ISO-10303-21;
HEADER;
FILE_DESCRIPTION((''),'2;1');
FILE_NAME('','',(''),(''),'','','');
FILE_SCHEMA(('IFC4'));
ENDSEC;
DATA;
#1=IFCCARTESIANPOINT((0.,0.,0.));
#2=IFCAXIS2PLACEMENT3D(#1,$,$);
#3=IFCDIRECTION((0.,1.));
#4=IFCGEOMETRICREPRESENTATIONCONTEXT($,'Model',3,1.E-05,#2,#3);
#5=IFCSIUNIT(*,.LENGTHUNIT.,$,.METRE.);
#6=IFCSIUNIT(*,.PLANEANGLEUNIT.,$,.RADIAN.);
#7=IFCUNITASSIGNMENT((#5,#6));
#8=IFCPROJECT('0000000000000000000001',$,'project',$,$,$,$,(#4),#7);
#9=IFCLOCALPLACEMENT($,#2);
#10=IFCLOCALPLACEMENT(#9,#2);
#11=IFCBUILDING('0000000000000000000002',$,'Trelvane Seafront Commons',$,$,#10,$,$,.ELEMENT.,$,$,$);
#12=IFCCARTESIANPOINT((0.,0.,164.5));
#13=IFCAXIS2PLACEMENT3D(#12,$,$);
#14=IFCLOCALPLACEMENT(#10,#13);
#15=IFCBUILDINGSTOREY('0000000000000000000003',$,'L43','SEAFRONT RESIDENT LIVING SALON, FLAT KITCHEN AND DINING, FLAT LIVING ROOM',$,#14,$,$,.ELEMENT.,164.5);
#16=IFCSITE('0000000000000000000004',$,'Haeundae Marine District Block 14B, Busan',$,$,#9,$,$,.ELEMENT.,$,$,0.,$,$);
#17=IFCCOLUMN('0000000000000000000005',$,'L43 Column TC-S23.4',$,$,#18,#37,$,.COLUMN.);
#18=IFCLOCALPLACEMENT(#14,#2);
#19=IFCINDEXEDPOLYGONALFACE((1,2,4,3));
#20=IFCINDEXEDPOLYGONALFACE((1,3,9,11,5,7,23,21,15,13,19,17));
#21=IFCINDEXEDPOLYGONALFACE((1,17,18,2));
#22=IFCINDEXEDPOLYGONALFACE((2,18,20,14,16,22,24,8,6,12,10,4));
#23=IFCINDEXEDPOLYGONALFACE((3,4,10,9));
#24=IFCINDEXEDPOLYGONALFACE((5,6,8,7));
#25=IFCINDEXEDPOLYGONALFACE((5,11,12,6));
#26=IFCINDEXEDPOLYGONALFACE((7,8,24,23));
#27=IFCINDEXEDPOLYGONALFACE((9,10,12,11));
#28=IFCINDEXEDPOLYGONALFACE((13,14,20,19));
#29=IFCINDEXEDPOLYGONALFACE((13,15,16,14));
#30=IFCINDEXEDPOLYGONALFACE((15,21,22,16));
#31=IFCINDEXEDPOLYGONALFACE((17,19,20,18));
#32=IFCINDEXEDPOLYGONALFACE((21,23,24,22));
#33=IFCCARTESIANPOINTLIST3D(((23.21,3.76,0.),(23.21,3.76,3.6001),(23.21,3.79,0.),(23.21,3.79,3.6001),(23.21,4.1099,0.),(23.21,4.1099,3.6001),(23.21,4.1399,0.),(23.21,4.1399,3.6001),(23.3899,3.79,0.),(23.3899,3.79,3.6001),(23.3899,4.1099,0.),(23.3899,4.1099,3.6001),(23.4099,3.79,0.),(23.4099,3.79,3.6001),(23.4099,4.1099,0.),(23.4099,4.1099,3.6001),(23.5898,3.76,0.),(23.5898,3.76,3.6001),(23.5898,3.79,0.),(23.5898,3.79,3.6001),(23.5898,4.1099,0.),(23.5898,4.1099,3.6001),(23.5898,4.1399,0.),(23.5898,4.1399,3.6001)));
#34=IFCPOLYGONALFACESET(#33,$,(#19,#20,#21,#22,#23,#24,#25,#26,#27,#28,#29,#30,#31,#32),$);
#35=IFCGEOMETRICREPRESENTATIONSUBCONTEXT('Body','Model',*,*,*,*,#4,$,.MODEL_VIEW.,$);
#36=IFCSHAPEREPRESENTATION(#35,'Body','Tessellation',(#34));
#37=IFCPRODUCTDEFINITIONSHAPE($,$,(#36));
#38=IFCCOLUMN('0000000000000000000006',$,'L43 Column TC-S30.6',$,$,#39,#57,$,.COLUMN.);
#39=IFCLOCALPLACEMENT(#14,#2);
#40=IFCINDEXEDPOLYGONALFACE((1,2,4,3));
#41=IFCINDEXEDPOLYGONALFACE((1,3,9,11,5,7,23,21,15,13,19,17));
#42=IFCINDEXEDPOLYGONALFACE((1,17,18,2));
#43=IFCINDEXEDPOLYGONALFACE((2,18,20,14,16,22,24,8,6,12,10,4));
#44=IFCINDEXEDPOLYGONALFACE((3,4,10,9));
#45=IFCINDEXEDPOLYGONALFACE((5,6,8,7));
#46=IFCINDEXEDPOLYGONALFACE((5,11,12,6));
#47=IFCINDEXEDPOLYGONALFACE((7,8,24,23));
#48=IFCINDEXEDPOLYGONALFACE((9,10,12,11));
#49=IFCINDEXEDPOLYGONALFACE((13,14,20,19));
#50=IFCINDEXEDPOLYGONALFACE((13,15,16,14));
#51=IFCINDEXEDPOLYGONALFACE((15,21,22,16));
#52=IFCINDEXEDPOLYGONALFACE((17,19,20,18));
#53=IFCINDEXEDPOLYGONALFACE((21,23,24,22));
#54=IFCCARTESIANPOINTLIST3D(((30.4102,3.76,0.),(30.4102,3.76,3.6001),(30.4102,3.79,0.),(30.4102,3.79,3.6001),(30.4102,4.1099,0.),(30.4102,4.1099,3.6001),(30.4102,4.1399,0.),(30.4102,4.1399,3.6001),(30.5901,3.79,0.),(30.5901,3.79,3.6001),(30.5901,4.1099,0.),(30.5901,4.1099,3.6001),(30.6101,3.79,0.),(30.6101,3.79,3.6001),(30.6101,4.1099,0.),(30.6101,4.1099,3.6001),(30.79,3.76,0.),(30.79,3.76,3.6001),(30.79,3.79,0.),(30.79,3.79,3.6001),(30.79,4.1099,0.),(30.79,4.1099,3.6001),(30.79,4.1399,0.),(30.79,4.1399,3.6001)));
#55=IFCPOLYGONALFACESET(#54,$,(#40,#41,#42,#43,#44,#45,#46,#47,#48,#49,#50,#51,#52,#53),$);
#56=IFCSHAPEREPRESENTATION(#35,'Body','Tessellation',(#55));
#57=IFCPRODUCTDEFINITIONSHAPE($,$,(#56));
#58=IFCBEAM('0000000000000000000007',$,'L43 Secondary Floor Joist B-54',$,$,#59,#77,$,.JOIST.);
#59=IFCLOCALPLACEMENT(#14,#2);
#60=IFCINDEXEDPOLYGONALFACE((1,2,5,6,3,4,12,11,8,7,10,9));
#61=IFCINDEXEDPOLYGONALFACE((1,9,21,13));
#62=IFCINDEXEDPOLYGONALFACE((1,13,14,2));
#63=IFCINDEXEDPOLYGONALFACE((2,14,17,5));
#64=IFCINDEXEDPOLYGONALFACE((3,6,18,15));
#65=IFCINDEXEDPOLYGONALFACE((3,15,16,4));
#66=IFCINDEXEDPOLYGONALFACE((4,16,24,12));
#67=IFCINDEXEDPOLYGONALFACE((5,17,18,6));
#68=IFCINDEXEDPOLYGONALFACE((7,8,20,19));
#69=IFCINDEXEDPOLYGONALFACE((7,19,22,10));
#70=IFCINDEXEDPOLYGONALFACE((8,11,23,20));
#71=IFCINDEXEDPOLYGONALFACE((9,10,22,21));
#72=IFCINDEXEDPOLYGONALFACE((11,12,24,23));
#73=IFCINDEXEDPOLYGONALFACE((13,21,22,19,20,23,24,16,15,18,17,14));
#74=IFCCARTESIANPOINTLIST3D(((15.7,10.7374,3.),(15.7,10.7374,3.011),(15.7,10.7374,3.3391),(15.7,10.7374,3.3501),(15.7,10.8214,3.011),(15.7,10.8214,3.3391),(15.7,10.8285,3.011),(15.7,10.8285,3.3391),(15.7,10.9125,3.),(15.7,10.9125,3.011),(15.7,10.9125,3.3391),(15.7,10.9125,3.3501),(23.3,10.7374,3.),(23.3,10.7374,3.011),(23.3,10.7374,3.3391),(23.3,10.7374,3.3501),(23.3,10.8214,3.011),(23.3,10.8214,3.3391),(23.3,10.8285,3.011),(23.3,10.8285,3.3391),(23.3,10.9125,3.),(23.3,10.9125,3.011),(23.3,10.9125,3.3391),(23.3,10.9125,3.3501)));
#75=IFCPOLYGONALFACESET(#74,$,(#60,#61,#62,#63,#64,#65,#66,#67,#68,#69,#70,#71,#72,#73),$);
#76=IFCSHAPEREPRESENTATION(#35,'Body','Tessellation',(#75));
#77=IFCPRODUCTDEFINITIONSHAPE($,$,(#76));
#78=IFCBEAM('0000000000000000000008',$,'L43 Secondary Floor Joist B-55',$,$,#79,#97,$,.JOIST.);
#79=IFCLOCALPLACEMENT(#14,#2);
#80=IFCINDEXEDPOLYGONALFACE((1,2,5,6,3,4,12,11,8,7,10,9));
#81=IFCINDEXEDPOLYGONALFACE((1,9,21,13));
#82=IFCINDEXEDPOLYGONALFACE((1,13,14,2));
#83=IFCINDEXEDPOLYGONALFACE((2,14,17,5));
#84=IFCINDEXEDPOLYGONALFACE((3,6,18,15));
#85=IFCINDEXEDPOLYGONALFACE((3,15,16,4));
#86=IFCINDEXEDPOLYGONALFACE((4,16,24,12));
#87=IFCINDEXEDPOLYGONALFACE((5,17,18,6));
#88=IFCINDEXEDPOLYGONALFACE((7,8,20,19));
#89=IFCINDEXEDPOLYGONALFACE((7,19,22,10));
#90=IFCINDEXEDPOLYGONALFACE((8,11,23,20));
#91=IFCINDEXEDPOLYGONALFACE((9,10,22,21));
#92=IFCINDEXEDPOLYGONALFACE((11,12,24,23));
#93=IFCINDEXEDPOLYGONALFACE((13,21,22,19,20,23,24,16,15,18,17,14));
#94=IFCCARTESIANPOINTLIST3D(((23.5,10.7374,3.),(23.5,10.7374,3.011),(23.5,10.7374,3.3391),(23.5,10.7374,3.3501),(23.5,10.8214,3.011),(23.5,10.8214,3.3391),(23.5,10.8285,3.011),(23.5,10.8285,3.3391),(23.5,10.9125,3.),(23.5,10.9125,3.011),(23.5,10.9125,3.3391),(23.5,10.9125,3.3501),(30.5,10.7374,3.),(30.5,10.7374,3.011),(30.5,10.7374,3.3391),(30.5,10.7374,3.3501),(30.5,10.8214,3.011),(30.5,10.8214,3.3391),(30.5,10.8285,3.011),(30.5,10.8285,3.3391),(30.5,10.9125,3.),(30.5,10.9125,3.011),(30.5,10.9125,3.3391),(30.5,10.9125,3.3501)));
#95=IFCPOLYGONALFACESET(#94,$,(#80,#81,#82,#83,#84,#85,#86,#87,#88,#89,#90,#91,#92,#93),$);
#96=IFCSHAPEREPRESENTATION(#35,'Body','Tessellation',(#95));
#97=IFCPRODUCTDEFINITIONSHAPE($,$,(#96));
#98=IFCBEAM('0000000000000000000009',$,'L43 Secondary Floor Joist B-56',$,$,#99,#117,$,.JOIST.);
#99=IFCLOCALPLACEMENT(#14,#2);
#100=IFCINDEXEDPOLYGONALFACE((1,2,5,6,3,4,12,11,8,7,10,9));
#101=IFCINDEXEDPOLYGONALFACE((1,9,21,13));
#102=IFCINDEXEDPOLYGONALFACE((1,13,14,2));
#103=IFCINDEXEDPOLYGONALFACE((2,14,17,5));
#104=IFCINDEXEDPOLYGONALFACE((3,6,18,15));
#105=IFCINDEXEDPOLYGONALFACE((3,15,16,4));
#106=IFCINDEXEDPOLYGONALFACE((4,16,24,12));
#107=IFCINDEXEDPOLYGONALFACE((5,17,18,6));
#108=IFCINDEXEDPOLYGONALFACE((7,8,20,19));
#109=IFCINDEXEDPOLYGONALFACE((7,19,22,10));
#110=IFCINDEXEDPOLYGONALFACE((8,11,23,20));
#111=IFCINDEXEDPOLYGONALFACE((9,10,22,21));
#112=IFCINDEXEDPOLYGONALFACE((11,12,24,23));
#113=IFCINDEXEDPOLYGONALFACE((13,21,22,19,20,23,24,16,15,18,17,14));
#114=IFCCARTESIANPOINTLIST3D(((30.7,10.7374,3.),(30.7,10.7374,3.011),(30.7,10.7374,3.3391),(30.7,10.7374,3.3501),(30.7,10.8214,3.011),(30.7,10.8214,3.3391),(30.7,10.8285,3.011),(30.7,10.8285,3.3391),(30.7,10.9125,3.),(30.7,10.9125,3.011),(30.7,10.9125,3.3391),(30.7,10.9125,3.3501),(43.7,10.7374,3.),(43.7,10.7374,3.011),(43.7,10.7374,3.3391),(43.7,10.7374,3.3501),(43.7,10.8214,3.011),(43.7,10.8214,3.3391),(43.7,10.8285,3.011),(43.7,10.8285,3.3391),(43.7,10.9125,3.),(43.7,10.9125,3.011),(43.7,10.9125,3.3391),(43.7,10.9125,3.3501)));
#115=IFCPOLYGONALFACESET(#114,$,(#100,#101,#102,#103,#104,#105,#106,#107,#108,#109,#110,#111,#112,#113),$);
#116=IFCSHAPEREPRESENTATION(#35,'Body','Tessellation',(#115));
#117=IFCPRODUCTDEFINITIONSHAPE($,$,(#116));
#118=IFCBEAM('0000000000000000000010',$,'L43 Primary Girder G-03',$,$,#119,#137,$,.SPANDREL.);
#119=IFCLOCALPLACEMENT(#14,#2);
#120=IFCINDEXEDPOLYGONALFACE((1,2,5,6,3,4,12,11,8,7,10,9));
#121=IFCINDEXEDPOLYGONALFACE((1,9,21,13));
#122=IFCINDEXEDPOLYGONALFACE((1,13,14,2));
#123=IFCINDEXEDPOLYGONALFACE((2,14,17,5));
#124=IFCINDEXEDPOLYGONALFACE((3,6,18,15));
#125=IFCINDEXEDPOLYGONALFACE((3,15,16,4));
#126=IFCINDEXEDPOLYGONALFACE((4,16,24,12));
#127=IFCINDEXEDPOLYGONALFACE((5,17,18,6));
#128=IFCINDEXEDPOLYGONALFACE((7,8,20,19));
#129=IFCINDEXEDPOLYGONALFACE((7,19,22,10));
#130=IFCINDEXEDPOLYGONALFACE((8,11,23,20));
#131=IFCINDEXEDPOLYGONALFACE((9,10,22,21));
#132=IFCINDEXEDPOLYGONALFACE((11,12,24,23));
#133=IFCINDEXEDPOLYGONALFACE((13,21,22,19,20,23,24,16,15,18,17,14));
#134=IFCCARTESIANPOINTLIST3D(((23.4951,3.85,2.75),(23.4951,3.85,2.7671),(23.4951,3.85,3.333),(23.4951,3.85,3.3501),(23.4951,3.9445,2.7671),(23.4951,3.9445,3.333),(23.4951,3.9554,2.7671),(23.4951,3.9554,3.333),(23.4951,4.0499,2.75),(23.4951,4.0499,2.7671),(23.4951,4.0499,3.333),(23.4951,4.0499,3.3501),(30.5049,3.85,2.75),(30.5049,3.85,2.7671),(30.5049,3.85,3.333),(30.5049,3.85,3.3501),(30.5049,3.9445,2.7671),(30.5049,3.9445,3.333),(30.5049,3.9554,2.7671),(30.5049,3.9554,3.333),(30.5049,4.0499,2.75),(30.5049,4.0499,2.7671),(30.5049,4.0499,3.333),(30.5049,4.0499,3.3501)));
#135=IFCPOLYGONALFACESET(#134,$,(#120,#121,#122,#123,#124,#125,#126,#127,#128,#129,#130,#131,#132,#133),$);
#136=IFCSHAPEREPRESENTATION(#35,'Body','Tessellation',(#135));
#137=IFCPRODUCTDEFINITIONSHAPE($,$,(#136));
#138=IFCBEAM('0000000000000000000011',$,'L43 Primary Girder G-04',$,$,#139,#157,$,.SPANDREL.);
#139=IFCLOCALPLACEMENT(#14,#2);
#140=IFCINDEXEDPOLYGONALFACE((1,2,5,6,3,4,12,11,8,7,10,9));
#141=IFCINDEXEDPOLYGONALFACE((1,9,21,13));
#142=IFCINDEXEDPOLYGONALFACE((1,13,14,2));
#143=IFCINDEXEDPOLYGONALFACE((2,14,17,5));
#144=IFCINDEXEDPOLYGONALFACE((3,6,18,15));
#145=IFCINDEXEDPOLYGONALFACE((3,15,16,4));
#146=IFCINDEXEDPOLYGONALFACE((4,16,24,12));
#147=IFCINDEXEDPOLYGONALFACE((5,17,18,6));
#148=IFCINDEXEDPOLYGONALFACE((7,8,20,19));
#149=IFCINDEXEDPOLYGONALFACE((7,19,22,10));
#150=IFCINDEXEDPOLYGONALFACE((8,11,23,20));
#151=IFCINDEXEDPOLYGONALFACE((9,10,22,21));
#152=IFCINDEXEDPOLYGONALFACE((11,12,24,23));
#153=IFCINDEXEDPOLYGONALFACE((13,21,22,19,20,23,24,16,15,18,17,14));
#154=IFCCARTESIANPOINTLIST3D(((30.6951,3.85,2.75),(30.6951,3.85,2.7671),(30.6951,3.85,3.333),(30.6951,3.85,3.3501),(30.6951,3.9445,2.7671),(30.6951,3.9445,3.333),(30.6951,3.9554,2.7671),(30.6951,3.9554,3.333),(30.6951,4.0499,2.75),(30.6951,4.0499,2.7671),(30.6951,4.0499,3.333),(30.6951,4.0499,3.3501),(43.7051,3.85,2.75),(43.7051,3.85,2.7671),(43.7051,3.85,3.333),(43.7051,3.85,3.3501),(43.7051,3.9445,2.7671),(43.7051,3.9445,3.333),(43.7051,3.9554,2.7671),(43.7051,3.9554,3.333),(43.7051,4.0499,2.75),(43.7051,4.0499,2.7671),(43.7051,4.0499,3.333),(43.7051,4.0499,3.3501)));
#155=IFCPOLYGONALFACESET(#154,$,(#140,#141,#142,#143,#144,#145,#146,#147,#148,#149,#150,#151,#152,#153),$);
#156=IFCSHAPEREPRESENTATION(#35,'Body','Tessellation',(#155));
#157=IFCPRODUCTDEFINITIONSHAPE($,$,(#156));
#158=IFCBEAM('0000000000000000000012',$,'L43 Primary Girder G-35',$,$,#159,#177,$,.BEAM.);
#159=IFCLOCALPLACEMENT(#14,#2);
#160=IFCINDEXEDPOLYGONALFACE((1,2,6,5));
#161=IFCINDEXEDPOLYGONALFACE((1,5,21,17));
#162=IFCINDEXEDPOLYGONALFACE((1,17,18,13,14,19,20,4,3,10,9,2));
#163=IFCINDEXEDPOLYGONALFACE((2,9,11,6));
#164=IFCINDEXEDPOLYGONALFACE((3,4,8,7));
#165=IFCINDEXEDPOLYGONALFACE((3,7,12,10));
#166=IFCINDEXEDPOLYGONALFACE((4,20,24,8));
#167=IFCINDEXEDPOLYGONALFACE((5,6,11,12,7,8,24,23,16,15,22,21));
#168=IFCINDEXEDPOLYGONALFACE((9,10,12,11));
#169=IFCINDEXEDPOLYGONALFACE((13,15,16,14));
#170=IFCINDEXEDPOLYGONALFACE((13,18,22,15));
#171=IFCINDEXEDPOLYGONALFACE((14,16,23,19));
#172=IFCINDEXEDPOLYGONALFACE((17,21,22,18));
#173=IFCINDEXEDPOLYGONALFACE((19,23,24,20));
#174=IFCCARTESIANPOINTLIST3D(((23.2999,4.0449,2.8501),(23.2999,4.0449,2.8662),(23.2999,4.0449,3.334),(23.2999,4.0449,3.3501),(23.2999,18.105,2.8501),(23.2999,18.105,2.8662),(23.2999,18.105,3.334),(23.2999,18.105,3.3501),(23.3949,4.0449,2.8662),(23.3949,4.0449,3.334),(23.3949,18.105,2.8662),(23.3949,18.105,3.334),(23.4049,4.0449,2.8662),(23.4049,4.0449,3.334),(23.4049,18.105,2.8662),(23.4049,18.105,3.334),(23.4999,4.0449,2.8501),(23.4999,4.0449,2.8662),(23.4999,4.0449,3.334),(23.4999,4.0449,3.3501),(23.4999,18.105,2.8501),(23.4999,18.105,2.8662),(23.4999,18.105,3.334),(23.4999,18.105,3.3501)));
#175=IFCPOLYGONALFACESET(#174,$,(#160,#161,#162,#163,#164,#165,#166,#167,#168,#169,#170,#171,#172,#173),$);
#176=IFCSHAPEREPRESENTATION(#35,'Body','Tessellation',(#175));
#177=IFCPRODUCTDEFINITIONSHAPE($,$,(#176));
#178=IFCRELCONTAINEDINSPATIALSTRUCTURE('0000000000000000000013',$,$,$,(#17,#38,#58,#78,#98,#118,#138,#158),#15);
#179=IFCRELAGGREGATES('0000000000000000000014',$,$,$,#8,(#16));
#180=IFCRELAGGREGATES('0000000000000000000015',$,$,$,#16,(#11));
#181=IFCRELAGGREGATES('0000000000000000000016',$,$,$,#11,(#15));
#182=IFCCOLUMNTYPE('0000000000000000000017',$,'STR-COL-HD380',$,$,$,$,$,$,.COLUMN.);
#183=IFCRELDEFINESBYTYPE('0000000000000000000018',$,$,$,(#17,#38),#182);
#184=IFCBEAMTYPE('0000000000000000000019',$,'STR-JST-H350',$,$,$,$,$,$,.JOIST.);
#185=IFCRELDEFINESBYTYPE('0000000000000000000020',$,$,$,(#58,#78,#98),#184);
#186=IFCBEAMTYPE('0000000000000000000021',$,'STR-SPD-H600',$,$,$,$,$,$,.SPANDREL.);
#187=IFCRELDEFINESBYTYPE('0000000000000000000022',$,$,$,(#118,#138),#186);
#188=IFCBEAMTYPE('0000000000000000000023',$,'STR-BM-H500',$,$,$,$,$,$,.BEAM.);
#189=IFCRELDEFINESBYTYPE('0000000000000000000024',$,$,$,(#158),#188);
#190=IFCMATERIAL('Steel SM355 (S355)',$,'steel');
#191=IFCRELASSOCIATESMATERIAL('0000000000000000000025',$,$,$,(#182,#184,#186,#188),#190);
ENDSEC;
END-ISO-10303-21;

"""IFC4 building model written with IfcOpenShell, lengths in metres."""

from ifc_helpers import new_model, si_unit, direction, frame, origin, origin_2d, place, context, subcontext, project, spatial, i_section, extrude, source, transform, mapped, material, material_profile, profile_set, type_object, element, save


model = new_model("IFC4")

# Units and contexts
model_context = context("Model", 3, precision=1e-05, world=origin(), true_north=direction((0.0, 1.0)))
body_context = subcontext(model_context, "Body", "Model", "MODEL_VIEW")
ifc_project = project(units=[si_unit("LENGTHUNIT", "METRE"), si_unit("PLANEANGLEUNIT", "RADIAN")], contexts=[model_context])

# Site, building, storey
site_placement = place(None, origin())
site = spatial("IfcSite", under=ifc_project, at=site_placement, Name="Haeundae Marine District Block 14B, Busan", CompositionType="ELEMENT", RefElevation=0.0)
building_placement = place(site_placement, origin())
building = spatial("IfcBuilding", under=site, at=building_placement, Name="Trelvane Seafront Commons", CompositionType="ELEMENT")
storey_placement = place(building_placement, frame((0.0, 0.0, 164.5)))
storey = spatial("IfcBuildingStorey", under=building, at=storey_placement, Name="L43", Description="SEAFRONT RESIDENT LIVING SALON, FLAT KITCHEN AND DINING, FLAT LIVING ROOM", CompositionType="ELEMENT", Elevation=164.5)

# Columns
ifc_material_1 = material(Name="Steel SM355 (S355)", Category="steel")
ifc_material_profile_1 = material_profile(ifc_material_1, i_section(OverallWidth=0.3799, OverallDepth=0.3799, WebThickness=0.02, FlangeThickness=0.03, at=origin_2d()), Name="HD-380x380x20x30")
ifc_profile_set_1 = profile_set([ifc_material_profile_1], Name="Steel SM355 (S355)")
column_type = type_object("IfcColumnType", Name="STR-COL-HD380", PredefinedType="COLUMN", material=ifc_profile_set_1)
shared_shape_1 = source(origin(), body_context, "Body", "SweptSolid", [
    extrude(i_section(OverallWidth=0.3799, OverallDepth=0.3799, WebThickness=0.02, FlangeThickness=0.03, at=origin_2d()), origin(), (0.0, 0.0, 1.0), 3.6001),
])
for number, where, z_axis, x_axis, name in (
    (1, (23.3999, 3.95, 0.0), (0.0, 0.0, 1.0), (1.0, 0.0, 0.0), "L43 Column TC-S23.4"),
    (2, (30.6001, 3.95, 0.0), (0.0, 0.0, 1.0), (1.0, 0.0, 0.0), "L43 Column TC-S30.6"),
):
    element("IfcColumn", number, at=place(storey_placement, frame(where, z_axis=z_axis, x_axis=x_axis)), inside=storey, type_object=column_type, Name=name, PredefinedType="COLUMN", context=body_context, shape_type="MappedRepresentation", body=[
        mapped(shared_shape_1, transform((0.0, 0.0, 0.0), x_axis=(1.0, 0.0, 0.0), y_axis=(0.0, 1.0, 0.0), z_axis=(0.0, 0.0, 1.0), scale=1.0)),
    ])

# Beams
ifc_material_profile_2 = material_profile(ifc_material_1, i_section(OverallWidth=0.175, OverallDepth=0.3501, WebThickness=0.0071, FlangeThickness=0.011, at=origin_2d()), Name="H-350x175x7x11")
ifc_profile_set_2 = profile_set([ifc_material_profile_2], Name="Steel SM355 (S355)")
beam_type_1 = type_object("IfcBeamType", Name="STR-JST-H350", PredefinedType="JOIST", material=ifc_profile_set_2)
shared_shape_2 = source(origin(), body_context, "Body", "SweptSolid", [
    extrude(i_section(OverallWidth=0.175, OverallDepth=0.3501, WebThickness=0.0071, FlangeThickness=0.011, at=origin_2d()), origin(), (0.0, 0.0, 1.0), 7.6001),
])
beam_1_placement = place(storey_placement, frame((15.7, 10.825, 3.175), z_axis=(1.0, 0.0, 0.0), x_axis=(0.0, 1.0, 0.0)))
element("IfcBeam", 3, at=beam_1_placement, inside=storey, type_object=beam_type_1, Name="L43 Secondary Floor Joist B-54", PredefinedType="JOIST", context=body_context, shape_type="MappedRepresentation", body=[
    mapped(shared_shape_2, transform((0.0, 0.0, 0.0), x_axis=(1.0, 0.0, 0.0), y_axis=(0.0, 1.0, 0.0), z_axis=(0.0, 0.0, 1.0), scale=1.0)),
])
shared_shape_3 = source(origin(), body_context, "Body", "SweptSolid", [
    extrude(i_section(OverallWidth=0.175, OverallDepth=0.3501, WebThickness=0.0071, FlangeThickness=0.011, at=origin_2d()), origin(), (0.0, 0.0, 1.0), 7.0),
])
beam_2_placement = place(storey_placement, frame((23.5, 10.825, 3.175), z_axis=(1.0, 0.0, 0.0), x_axis=(0.0, 1.0, 0.0)))
element("IfcBeam", 4, at=beam_2_placement, inside=storey, type_object=beam_type_1, Name="L43 Secondary Floor Joist B-55", PredefinedType="JOIST", context=body_context, shape_type="MappedRepresentation", body=[
    mapped(shared_shape_3, transform((0.0, 0.0, 0.0), x_axis=(1.0, 0.0, 0.0), y_axis=(0.0, 1.0, 0.0), z_axis=(0.0, 0.0, 1.0), scale=1.0)),
])
shared_shape_4 = source(origin(), body_context, "Body", "SweptSolid", [
    extrude(i_section(OverallWidth=0.175, OverallDepth=0.3501, WebThickness=0.0071, FlangeThickness=0.011, at=origin_2d()), origin(), (0.0, 0.0, 1.0), 13.0),
])
beam_3_placement = place(storey_placement, frame((30.7, 10.825, 3.175), z_axis=(1.0, 0.0, 0.0), x_axis=(0.0, 1.0, 0.0)))
element("IfcBeam", 5, at=beam_3_placement, inside=storey, type_object=beam_type_1, Name="L43 Secondary Floor Joist B-56", PredefinedType="JOIST", context=body_context, shape_type="MappedRepresentation", body=[
    mapped(shared_shape_4, transform((0.0, 0.0, 0.0), x_axis=(1.0, 0.0, 0.0), y_axis=(0.0, 1.0, 0.0), z_axis=(0.0, 0.0, 1.0), scale=1.0)),
])
ifc_material_profile_3 = material_profile(ifc_material_1, i_section(OverallWidth=0.2, OverallDepth=0.6001, WebThickness=0.011, FlangeThickness=0.0171, at=origin_2d()), Name="H-600x200x11x17")
ifc_profile_set_3 = profile_set([ifc_material_profile_3], Name="Steel SM355 (S355)")
beam_type_2 = type_object("IfcBeamType", Name="STR-SPD-H600", PredefinedType="SPANDREL", material=ifc_profile_set_3)
shared_shape_5 = source(origin(), body_context, "Body", "SweptSolid", [
    extrude(i_section(OverallWidth=0.2, OverallDepth=0.6001, WebThickness=0.011, FlangeThickness=0.0171, at=origin_2d()), origin(), (0.0, 0.0, 1.0), 7.0098),
])
beam_4_placement = place(storey_placement, frame((23.4951, 3.95, 3.05), z_axis=(1.0, 0.0, 0.0), x_axis=(0.0, 1.0, 0.0)))
element("IfcBeam", 6, at=beam_4_placement, inside=storey, type_object=beam_type_2, Name="L43 Primary Girder G-03", PredefinedType="SPANDREL", context=body_context, shape_type="MappedRepresentation", body=[
    mapped(shared_shape_5, transform((0.0, 0.0, 0.0), x_axis=(1.0, 0.0, 0.0), y_axis=(0.0, 1.0, 0.0), z_axis=(0.0, 0.0, 1.0), scale=1.0)),
])
shared_shape_6 = source(origin(), body_context, "Body", "SweptSolid", [
    extrude(i_section(OverallWidth=0.2, OverallDepth=0.6001, WebThickness=0.011, FlangeThickness=0.0171, at=origin_2d()), origin(), (0.0, 0.0, 1.0), 13.01),
])
beam_5_placement = place(storey_placement, frame((30.6951, 3.95, 3.05), z_axis=(1.0, 0.0, 0.0), x_axis=(0.0, 1.0, 0.0)))
element("IfcBeam", 7, at=beam_5_placement, inside=storey, type_object=beam_type_2, Name="L43 Primary Girder G-04", PredefinedType="SPANDREL", context=body_context, shape_type="MappedRepresentation", body=[
    mapped(shared_shape_6, transform((0.0, 0.0, 0.0), x_axis=(1.0, 0.0, 0.0), y_axis=(0.0, 1.0, 0.0), z_axis=(0.0, 0.0, 1.0), scale=1.0)),
])
ifc_material_profile_4 = material_profile(ifc_material_1, i_section(OverallWidth=0.2, OverallDepth=0.5, WebThickness=0.01, FlangeThickness=0.0161, at=origin_2d()), Name="H-500x200x10x16")
ifc_profile_set_4 = profile_set([ifc_material_profile_4], Name="Steel SM355 (S355)")
beam_type_3 = type_object("IfcBeamType", Name="STR-BM-H500", PredefinedType="BEAM", material=ifc_profile_set_4)
shared_shape_7 = source(origin(), body_context, "Body", "SweptSolid", [
    extrude(i_section(OverallWidth=0.2, OverallDepth=0.5, WebThickness=0.01, FlangeThickness=0.0161, at=origin_2d()), origin(), (0.0, 0.0, 1.0), 14.0601),
])
beam_6_placement = place(storey_placement, frame((23.3999, 4.0449, 3.1001), z_axis=(0.0, 1.0, 0.0), x_axis=(-1.0, 0.0, 0.0)))
element("IfcBeam", 8, at=beam_6_placement, inside=storey, type_object=beam_type_3, Name="L43 Primary Girder G-35", PredefinedType="BEAM", context=body_context, shape_type="MappedRepresentation", body=[
    mapped(shared_shape_7, transform((0.0, 0.0, 0.0), x_axis=(1.0, 0.0, 0.0), y_axis=(0.0, 1.0, 0.0), z_axis=(0.0, 0.0, 1.0), scale=1.0)),
])

save(model, "model.ifc")
